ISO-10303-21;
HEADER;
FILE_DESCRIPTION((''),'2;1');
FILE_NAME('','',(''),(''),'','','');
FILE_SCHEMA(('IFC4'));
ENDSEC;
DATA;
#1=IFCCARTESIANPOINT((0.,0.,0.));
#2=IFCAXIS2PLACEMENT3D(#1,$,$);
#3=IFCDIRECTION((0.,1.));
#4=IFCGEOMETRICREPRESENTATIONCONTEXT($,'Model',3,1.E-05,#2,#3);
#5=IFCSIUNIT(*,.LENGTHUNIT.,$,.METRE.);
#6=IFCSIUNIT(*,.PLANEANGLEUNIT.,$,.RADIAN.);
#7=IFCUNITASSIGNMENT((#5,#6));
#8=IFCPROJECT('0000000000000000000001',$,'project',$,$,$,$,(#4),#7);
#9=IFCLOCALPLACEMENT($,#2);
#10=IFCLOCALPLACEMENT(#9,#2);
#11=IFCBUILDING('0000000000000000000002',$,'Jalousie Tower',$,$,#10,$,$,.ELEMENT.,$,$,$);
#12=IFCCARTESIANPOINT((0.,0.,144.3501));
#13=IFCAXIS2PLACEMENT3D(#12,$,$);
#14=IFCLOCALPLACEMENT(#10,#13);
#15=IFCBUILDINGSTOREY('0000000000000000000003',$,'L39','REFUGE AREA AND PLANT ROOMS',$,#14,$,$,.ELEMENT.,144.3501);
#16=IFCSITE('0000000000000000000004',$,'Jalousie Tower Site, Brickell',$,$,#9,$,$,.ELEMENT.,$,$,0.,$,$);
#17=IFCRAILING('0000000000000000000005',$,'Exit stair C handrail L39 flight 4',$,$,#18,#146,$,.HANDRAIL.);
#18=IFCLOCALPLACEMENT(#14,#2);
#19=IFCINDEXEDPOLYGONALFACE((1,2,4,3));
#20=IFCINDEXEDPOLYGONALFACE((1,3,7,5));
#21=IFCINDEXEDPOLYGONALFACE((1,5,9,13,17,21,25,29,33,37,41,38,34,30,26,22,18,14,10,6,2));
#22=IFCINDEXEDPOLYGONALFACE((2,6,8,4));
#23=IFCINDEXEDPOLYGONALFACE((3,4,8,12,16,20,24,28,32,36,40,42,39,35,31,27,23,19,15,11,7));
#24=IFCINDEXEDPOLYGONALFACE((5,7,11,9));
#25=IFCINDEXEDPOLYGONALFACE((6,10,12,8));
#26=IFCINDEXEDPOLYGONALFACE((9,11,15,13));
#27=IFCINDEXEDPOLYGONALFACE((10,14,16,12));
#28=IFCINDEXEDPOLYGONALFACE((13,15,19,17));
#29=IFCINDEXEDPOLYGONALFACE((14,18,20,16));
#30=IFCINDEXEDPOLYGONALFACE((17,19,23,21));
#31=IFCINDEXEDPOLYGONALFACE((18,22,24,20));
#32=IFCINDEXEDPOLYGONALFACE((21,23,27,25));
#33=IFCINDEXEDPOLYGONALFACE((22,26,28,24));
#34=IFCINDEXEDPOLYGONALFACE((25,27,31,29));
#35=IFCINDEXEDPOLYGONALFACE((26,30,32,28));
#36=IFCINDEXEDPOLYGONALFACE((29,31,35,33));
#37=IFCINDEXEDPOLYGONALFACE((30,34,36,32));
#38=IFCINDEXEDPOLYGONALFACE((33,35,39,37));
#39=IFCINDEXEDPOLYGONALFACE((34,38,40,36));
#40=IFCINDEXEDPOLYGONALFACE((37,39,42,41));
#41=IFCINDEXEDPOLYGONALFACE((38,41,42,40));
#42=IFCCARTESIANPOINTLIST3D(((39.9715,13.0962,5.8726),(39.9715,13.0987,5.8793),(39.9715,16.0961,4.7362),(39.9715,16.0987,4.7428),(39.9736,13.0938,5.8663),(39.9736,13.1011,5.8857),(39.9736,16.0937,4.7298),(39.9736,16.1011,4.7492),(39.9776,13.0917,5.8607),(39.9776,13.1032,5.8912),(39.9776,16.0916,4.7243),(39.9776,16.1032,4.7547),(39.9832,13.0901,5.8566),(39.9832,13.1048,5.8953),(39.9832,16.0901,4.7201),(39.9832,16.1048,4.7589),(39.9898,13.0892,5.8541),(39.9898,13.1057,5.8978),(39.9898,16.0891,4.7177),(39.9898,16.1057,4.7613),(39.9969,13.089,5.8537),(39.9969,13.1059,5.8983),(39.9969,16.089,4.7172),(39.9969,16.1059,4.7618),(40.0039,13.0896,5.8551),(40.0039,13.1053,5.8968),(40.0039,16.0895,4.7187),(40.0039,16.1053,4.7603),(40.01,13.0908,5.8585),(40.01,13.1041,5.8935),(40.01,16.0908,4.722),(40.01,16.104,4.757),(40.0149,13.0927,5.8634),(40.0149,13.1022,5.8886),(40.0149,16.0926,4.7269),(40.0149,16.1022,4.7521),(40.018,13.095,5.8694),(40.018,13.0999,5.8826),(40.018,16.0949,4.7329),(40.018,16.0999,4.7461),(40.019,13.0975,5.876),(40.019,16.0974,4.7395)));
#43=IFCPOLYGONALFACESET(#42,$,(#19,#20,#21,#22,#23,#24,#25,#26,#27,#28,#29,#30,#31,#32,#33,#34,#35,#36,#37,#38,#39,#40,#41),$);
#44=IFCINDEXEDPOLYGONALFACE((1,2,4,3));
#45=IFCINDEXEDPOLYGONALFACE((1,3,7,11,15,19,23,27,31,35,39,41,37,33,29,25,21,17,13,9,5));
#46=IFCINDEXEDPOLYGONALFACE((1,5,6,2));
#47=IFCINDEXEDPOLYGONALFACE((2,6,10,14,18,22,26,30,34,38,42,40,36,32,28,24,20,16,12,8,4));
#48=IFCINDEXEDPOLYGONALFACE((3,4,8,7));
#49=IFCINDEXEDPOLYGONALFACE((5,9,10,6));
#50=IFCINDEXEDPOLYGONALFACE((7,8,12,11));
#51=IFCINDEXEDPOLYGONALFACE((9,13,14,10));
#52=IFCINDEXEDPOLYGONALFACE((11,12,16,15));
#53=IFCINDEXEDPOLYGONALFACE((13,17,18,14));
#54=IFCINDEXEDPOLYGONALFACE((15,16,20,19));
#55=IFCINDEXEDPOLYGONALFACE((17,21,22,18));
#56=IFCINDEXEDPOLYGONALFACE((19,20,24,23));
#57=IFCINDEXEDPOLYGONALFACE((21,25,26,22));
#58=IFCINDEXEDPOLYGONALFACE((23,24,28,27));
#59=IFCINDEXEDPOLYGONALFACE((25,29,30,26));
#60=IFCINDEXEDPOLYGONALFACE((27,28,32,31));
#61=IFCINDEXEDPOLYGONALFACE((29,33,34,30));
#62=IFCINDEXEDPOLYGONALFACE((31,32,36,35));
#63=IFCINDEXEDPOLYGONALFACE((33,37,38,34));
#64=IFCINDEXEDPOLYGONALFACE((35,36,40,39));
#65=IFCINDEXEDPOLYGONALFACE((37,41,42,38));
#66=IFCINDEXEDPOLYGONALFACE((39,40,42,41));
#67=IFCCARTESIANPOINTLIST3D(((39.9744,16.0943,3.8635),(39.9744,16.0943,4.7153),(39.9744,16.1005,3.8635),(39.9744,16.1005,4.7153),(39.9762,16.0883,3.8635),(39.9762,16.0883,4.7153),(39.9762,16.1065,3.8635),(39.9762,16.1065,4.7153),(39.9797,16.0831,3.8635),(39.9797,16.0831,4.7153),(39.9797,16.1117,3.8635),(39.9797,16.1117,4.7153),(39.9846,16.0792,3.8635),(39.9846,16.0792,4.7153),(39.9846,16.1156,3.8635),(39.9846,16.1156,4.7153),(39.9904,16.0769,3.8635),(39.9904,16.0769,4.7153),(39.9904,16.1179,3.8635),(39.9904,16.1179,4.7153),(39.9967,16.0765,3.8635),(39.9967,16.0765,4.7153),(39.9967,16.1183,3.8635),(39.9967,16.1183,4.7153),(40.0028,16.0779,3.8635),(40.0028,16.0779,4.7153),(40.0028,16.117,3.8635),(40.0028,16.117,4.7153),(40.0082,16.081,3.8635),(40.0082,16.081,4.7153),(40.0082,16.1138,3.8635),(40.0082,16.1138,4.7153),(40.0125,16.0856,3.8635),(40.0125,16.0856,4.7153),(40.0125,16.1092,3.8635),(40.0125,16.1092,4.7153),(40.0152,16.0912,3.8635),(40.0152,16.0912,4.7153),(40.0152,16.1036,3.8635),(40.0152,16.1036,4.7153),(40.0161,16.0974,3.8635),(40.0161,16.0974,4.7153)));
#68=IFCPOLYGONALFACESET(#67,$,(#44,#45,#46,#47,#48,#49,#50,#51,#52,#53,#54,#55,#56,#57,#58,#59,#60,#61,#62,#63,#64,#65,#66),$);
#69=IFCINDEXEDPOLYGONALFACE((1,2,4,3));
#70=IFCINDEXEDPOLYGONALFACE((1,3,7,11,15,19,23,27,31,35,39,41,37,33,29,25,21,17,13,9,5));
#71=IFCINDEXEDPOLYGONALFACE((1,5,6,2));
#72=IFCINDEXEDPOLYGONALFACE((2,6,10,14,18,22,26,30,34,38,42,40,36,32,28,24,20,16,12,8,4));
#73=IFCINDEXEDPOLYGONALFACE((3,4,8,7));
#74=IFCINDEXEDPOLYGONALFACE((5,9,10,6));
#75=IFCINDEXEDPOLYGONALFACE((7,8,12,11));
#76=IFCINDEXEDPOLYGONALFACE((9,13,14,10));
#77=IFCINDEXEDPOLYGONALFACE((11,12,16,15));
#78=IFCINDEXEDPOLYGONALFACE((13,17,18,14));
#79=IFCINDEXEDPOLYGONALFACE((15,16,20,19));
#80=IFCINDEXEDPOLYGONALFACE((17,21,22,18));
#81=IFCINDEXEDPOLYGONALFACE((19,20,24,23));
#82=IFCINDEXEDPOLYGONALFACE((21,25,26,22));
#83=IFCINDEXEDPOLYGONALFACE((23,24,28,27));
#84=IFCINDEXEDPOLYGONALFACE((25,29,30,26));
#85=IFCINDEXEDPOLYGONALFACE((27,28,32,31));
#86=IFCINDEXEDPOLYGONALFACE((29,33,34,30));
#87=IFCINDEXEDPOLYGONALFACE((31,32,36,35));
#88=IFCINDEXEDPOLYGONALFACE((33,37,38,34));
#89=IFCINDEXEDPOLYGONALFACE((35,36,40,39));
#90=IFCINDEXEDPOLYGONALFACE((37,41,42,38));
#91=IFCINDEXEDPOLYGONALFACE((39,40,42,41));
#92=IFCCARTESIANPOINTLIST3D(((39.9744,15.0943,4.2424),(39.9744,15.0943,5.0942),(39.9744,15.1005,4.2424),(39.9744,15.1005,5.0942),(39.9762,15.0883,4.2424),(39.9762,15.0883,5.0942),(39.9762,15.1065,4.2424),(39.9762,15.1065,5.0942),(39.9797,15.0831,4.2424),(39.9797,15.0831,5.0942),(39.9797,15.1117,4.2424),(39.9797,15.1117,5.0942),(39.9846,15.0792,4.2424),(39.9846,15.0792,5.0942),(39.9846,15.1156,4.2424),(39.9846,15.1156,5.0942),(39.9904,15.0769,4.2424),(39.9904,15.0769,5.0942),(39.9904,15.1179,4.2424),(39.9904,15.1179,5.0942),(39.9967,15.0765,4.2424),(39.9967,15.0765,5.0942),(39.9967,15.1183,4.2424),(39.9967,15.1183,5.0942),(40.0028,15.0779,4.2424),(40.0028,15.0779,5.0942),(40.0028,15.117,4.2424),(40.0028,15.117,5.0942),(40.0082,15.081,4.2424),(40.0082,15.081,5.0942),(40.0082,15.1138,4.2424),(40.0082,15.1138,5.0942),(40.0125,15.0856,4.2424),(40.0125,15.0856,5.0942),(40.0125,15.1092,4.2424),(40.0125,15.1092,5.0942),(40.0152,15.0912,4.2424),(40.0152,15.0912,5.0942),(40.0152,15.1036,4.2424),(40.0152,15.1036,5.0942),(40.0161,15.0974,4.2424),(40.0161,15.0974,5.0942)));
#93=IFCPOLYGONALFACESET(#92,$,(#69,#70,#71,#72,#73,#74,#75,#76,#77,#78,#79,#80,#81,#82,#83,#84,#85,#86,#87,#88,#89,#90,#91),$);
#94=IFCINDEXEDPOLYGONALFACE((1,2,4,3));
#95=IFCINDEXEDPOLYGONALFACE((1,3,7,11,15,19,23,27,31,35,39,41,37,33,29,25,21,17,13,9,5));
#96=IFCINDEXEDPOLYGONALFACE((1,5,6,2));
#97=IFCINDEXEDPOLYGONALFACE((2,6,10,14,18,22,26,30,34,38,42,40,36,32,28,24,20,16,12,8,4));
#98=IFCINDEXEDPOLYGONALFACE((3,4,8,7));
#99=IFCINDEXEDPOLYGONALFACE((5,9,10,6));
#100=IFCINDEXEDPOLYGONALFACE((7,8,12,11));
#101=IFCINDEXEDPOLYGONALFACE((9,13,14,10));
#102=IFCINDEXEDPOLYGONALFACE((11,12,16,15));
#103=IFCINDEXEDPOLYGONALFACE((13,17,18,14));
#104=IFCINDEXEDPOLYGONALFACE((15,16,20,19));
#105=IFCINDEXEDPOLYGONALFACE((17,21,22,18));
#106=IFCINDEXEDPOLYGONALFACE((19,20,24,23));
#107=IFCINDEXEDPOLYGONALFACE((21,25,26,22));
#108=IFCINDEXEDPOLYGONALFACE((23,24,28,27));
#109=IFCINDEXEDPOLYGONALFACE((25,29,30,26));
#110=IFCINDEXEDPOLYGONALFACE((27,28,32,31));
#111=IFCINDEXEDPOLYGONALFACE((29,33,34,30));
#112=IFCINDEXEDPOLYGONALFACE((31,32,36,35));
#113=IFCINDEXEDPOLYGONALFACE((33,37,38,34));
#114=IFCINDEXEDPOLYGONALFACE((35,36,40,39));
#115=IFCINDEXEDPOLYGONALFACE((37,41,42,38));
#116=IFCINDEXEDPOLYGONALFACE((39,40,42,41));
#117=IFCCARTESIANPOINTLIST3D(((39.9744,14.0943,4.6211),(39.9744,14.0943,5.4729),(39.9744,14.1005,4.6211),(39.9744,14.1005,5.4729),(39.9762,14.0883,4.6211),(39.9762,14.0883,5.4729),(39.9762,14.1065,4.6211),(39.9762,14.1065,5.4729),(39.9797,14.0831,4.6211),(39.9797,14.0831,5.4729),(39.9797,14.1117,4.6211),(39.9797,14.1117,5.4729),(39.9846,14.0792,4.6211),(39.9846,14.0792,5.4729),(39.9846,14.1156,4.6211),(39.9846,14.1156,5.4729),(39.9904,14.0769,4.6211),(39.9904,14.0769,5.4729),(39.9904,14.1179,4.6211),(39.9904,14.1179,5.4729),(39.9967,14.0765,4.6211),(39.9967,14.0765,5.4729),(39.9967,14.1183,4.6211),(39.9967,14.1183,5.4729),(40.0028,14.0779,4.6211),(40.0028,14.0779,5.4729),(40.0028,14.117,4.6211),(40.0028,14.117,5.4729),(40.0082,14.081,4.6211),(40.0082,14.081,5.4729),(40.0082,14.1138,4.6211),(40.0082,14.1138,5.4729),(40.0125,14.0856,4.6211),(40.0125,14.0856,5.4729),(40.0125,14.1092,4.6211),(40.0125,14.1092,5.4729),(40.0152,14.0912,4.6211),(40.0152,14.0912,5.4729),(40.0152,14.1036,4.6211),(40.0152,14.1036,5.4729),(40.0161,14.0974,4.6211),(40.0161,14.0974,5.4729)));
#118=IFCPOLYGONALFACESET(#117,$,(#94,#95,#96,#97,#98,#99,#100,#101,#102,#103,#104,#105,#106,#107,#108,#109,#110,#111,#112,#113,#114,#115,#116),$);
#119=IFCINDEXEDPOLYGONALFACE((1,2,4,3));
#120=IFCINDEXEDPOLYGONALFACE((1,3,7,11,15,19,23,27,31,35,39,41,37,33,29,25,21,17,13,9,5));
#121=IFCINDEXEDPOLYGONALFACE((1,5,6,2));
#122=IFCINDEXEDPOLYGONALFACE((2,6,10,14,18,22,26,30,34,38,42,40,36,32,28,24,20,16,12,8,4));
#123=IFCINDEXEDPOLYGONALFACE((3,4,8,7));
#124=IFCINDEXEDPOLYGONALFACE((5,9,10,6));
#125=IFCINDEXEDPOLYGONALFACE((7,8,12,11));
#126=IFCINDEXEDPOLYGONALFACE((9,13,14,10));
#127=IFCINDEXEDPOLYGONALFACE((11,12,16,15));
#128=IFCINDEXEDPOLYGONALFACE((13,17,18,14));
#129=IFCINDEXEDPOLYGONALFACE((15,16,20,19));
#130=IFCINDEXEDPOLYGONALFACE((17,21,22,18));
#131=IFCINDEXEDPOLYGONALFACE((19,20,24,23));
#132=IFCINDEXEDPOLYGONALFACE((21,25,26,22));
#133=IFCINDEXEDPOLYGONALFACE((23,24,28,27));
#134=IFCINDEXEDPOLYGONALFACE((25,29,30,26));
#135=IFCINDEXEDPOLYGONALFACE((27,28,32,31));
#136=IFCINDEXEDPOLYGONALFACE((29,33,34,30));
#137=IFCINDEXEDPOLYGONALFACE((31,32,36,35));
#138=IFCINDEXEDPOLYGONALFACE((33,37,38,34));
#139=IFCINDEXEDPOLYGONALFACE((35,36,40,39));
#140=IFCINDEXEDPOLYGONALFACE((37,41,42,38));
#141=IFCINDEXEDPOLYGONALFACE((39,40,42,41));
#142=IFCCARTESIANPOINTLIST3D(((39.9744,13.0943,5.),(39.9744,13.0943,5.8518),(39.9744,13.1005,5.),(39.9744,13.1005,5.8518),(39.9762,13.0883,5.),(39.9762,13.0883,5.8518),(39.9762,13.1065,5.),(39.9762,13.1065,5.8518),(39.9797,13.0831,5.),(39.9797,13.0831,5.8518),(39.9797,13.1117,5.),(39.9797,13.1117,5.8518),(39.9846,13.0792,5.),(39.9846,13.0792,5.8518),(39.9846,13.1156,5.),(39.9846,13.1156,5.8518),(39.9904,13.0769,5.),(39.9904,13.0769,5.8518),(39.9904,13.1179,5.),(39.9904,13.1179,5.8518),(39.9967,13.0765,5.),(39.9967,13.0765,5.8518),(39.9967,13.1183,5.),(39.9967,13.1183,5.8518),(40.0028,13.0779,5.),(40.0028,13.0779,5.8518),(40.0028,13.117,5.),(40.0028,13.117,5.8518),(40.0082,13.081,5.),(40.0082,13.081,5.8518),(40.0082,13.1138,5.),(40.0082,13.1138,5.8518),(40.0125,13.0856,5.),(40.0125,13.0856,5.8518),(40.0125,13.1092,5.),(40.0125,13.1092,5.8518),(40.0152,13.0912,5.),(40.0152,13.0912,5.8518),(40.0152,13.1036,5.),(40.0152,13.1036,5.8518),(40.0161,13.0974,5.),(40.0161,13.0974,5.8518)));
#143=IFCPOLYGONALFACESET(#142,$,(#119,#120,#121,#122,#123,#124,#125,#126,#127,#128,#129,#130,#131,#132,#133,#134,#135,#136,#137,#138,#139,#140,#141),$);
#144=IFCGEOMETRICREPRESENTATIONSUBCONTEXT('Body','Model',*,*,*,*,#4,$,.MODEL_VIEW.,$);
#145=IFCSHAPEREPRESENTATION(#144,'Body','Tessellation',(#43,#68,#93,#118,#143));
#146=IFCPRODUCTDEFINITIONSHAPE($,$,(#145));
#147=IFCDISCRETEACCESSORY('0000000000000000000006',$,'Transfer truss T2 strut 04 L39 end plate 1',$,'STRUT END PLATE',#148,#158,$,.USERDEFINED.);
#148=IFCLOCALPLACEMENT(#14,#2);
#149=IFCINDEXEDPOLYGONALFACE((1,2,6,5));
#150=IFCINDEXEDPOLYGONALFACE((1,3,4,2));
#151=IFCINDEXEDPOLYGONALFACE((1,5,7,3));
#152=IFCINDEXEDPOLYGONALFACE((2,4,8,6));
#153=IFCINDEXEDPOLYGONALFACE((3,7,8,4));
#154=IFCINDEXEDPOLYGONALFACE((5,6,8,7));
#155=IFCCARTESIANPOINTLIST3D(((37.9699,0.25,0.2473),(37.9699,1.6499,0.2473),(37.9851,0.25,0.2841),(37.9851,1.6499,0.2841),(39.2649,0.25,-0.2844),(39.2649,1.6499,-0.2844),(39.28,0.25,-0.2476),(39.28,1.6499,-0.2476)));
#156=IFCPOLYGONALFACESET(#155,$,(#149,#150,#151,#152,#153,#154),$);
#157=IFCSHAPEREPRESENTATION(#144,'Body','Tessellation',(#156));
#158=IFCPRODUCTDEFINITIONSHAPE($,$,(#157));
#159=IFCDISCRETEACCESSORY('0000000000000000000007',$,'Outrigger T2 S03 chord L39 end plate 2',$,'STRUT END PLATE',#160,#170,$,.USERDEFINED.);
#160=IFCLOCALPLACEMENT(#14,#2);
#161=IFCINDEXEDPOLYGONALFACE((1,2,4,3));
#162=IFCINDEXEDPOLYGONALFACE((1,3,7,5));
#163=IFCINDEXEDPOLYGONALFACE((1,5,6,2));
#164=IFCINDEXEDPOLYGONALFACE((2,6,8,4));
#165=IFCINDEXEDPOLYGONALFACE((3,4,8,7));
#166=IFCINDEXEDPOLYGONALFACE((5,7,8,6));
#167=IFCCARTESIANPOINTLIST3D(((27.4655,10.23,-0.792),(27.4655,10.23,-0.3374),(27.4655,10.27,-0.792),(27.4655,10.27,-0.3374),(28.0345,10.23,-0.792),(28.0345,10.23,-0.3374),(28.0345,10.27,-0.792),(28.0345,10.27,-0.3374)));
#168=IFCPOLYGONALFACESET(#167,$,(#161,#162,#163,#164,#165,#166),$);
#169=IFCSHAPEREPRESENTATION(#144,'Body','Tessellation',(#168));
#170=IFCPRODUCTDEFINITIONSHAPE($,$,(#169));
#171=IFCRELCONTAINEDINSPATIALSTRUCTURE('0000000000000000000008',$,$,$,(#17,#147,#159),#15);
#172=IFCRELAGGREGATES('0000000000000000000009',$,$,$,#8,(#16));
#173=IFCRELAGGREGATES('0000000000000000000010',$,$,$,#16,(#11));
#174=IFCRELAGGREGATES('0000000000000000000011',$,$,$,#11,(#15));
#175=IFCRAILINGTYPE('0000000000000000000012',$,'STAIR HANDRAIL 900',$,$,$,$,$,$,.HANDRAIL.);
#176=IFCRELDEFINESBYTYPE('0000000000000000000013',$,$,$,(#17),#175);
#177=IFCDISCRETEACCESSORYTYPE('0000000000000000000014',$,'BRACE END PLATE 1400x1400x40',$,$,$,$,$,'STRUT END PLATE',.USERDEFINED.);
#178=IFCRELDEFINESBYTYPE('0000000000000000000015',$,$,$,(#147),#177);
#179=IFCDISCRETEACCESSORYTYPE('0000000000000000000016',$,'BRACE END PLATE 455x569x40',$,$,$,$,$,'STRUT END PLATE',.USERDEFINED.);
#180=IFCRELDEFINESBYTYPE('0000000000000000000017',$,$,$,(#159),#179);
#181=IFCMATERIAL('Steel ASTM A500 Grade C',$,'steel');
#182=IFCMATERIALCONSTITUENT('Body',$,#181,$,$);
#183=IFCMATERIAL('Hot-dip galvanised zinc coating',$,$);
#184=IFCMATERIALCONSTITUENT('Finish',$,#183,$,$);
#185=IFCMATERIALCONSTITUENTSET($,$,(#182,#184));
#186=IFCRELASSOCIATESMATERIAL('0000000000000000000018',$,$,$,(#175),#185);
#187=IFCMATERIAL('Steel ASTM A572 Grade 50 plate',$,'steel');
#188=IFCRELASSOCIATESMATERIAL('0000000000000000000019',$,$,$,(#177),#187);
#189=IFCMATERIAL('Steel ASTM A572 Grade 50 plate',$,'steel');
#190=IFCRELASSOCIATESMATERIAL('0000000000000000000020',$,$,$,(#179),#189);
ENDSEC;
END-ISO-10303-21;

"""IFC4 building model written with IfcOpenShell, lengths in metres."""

from ifc_helpers import new_model, si_unit, direction, frame, origin, origin_2d, place, context, subcontext, project, spatial, rectangle, circle, extrude, material, constituent, constituent_set, material_profile, profile_set, type_object, element, save


model = new_model("IFC4")

# Units and contexts
model_context = context("Model", 3, precision=1e-05, world=origin(), true_north=direction((0.0, 1.0)))
body_context = subcontext(model_context, "Body", "Model", "MODEL_VIEW")
ifc_project = project(units=[si_unit("LENGTHUNIT", "METRE"), si_unit("PLANEANGLEUNIT", "RADIAN")], contexts=[model_context])

# Site, building, storey
site_placement = place(None, origin())
site = spatial("IfcSite", under=ifc_project, at=site_placement, Name="Jalousie Tower Site, Brickell", CompositionType="ELEMENT", RefElevation=0.0)
building_placement = place(site_placement, origin())
building = spatial("IfcBuilding", under=site, at=building_placement, Name="Jalousie Tower", CompositionType="ELEMENT")
storey_placement = place(building_placement, frame((0.0, 0.0, 144.3501)))
storey = spatial("IfcBuildingStorey", under=building, at=storey_placement, Name="L39", Description="REFUGE AREA AND PLANT ROOMS", CompositionType="ELEMENT", Elevation=144.3501)

# Railing
ifc_material_1 = material(Name="Steel ASTM A500 Grade C", Category="steel")
ifc_constituent_1 = constituent(ifc_material_1, Name="Body")
ifc_material_2 = material(Name="Hot-dip galvanised zinc coating")
ifc_constituent_2 = constituent(ifc_material_2, Name="Finish")
ifc_constituent_set_1 = constituent_set(constituents=[ifc_constituent_1, ifc_constituent_2])
railing_type_1 = type_object("IfcRailingType", Name="STAIR HANDRAIL 900", PredefinedType="HANDRAIL", material=ifc_constituent_set_1)
railing_1_placement = place(storey_placement, frame((39.9951, 16.0974, 3.8635)))
element("IfcRailing", 1, at=railing_1_placement, inside=storey, type_object=railing_type_1, Name="Exit stair C handrail L39 flight 4", PredefinedType="HANDRAIL", context=body_context, shape_type="SweptSolid", body=[
    extrude(circle(Radius=0.0239, at=origin_2d()), frame((0.0, 0.0, 0.876), z_axis=(0.0, -0.935148, 0.354257), x_axis=(1.0, 0.0, 0.0)), (0.0, 0.0, 1.0), 3.208),
    extrude(circle(Radius=0.021, at=origin_2d()), origin(), (0.0, 0.0, 1.0), 0.8518),
    extrude(circle(Radius=0.021, at=origin_2d()), frame((0.0, -1.0, 0.3789)), (0.0, 0.0, 1.0), 0.8518),
    extrude(circle(Radius=0.021, at=origin_2d()), frame((0.0, -2.0, 0.7576)), (0.0, 0.0, 1.0), 0.8518),
    extrude(circle(Radius=0.021, at=origin_2d()), frame((0.0, -3.0, 1.1365)), (0.0, 0.0, 1.0), 0.8518),
])

# Discrete accessories
ifc_material_3 = material(Name="Steel ASTM A572 Grade 50 plate", Category="steel")
ifc_material_profile_1 = material_profile(ifc_material_3, rectangle(XDim=1.3999, YDim=1.3999, at=origin_2d()), Name="BRACE END PLATE 1400x1400x40")
ifc_profile_set_1 = profile_set([ifc_material_profile_1], Name="Steel ASTM A572 Grade 50 plate")
discrete_accessory_type_1 = type_object("IfcDiscreteAccessoryType", Name="BRACE END PLATE 1400x1400x40", ElementType="STRUT END PLATE", PredefinedType="USERDEFINED", material=ifc_profile_set_1)
discrete_accessory_1_placement = place(storey_placement, frame((38.6174, 0.95, -0.0186), z_axis=(0.379825, 0.0, 0.925058), x_axis=(0.0, 1.0, 0.0)))
element("IfcDiscreteAccessory", 2, at=discrete_accessory_1_placement, inside=storey, type_object=discrete_accessory_type_1, Name="Transfer truss T2 strut 04 L39 end plate 1", ObjectType="STRUT END PLATE", PredefinedType="USERDEFINED", context=body_context, shape_type="SweptSolid", body=[
    extrude(rectangle(XDim=1.3999, YDim=1.3999, at=origin_2d()), origin(), (0.0, 0.0, 1.0), 0.0398),
])
ifc_material_4 = material(Name="Steel ASTM A572 Grade 50 plate", Category="steel")
ifc_material_profile_2 = material_profile(ifc_material_4, rectangle(XDim=0.4546, YDim=0.5691, at=origin_2d()), Name="BRACE END PLATE 455x569x40")
ifc_profile_set_2 = profile_set([ifc_material_profile_2], Name="Steel ASTM A572 Grade 50 plate")
discrete_accessory_type_2 = type_object("IfcDiscreteAccessoryType", Name="BRACE END PLATE 455x569x40", ElementType="STRUT END PLATE", PredefinedType="USERDEFINED", material=ifc_profile_set_2)
discrete_accessory_2_placement = place(storey_placement, frame((27.75, 10.23, -0.5647), z_axis=(0.0, 1.0, 0.0), x_axis=(0.0, 0.0, 1.0)))
element("IfcDiscreteAccessory", 3, at=discrete_accessory_2_placement, inside=storey, type_object=discrete_accessory_type_2, Name="Outrigger T2 S03 chord L39 end plate 2", ObjectType="STRUT END PLATE", PredefinedType="USERDEFINED", context=body_context, shape_type="SweptSolid", body=[
    extrude(rectangle(XDim=0.4546, YDim=0.5691, at=origin_2d()), origin(), (0.0, 0.0, 1.0), 0.04),
])

save(model, "model.ifc")
